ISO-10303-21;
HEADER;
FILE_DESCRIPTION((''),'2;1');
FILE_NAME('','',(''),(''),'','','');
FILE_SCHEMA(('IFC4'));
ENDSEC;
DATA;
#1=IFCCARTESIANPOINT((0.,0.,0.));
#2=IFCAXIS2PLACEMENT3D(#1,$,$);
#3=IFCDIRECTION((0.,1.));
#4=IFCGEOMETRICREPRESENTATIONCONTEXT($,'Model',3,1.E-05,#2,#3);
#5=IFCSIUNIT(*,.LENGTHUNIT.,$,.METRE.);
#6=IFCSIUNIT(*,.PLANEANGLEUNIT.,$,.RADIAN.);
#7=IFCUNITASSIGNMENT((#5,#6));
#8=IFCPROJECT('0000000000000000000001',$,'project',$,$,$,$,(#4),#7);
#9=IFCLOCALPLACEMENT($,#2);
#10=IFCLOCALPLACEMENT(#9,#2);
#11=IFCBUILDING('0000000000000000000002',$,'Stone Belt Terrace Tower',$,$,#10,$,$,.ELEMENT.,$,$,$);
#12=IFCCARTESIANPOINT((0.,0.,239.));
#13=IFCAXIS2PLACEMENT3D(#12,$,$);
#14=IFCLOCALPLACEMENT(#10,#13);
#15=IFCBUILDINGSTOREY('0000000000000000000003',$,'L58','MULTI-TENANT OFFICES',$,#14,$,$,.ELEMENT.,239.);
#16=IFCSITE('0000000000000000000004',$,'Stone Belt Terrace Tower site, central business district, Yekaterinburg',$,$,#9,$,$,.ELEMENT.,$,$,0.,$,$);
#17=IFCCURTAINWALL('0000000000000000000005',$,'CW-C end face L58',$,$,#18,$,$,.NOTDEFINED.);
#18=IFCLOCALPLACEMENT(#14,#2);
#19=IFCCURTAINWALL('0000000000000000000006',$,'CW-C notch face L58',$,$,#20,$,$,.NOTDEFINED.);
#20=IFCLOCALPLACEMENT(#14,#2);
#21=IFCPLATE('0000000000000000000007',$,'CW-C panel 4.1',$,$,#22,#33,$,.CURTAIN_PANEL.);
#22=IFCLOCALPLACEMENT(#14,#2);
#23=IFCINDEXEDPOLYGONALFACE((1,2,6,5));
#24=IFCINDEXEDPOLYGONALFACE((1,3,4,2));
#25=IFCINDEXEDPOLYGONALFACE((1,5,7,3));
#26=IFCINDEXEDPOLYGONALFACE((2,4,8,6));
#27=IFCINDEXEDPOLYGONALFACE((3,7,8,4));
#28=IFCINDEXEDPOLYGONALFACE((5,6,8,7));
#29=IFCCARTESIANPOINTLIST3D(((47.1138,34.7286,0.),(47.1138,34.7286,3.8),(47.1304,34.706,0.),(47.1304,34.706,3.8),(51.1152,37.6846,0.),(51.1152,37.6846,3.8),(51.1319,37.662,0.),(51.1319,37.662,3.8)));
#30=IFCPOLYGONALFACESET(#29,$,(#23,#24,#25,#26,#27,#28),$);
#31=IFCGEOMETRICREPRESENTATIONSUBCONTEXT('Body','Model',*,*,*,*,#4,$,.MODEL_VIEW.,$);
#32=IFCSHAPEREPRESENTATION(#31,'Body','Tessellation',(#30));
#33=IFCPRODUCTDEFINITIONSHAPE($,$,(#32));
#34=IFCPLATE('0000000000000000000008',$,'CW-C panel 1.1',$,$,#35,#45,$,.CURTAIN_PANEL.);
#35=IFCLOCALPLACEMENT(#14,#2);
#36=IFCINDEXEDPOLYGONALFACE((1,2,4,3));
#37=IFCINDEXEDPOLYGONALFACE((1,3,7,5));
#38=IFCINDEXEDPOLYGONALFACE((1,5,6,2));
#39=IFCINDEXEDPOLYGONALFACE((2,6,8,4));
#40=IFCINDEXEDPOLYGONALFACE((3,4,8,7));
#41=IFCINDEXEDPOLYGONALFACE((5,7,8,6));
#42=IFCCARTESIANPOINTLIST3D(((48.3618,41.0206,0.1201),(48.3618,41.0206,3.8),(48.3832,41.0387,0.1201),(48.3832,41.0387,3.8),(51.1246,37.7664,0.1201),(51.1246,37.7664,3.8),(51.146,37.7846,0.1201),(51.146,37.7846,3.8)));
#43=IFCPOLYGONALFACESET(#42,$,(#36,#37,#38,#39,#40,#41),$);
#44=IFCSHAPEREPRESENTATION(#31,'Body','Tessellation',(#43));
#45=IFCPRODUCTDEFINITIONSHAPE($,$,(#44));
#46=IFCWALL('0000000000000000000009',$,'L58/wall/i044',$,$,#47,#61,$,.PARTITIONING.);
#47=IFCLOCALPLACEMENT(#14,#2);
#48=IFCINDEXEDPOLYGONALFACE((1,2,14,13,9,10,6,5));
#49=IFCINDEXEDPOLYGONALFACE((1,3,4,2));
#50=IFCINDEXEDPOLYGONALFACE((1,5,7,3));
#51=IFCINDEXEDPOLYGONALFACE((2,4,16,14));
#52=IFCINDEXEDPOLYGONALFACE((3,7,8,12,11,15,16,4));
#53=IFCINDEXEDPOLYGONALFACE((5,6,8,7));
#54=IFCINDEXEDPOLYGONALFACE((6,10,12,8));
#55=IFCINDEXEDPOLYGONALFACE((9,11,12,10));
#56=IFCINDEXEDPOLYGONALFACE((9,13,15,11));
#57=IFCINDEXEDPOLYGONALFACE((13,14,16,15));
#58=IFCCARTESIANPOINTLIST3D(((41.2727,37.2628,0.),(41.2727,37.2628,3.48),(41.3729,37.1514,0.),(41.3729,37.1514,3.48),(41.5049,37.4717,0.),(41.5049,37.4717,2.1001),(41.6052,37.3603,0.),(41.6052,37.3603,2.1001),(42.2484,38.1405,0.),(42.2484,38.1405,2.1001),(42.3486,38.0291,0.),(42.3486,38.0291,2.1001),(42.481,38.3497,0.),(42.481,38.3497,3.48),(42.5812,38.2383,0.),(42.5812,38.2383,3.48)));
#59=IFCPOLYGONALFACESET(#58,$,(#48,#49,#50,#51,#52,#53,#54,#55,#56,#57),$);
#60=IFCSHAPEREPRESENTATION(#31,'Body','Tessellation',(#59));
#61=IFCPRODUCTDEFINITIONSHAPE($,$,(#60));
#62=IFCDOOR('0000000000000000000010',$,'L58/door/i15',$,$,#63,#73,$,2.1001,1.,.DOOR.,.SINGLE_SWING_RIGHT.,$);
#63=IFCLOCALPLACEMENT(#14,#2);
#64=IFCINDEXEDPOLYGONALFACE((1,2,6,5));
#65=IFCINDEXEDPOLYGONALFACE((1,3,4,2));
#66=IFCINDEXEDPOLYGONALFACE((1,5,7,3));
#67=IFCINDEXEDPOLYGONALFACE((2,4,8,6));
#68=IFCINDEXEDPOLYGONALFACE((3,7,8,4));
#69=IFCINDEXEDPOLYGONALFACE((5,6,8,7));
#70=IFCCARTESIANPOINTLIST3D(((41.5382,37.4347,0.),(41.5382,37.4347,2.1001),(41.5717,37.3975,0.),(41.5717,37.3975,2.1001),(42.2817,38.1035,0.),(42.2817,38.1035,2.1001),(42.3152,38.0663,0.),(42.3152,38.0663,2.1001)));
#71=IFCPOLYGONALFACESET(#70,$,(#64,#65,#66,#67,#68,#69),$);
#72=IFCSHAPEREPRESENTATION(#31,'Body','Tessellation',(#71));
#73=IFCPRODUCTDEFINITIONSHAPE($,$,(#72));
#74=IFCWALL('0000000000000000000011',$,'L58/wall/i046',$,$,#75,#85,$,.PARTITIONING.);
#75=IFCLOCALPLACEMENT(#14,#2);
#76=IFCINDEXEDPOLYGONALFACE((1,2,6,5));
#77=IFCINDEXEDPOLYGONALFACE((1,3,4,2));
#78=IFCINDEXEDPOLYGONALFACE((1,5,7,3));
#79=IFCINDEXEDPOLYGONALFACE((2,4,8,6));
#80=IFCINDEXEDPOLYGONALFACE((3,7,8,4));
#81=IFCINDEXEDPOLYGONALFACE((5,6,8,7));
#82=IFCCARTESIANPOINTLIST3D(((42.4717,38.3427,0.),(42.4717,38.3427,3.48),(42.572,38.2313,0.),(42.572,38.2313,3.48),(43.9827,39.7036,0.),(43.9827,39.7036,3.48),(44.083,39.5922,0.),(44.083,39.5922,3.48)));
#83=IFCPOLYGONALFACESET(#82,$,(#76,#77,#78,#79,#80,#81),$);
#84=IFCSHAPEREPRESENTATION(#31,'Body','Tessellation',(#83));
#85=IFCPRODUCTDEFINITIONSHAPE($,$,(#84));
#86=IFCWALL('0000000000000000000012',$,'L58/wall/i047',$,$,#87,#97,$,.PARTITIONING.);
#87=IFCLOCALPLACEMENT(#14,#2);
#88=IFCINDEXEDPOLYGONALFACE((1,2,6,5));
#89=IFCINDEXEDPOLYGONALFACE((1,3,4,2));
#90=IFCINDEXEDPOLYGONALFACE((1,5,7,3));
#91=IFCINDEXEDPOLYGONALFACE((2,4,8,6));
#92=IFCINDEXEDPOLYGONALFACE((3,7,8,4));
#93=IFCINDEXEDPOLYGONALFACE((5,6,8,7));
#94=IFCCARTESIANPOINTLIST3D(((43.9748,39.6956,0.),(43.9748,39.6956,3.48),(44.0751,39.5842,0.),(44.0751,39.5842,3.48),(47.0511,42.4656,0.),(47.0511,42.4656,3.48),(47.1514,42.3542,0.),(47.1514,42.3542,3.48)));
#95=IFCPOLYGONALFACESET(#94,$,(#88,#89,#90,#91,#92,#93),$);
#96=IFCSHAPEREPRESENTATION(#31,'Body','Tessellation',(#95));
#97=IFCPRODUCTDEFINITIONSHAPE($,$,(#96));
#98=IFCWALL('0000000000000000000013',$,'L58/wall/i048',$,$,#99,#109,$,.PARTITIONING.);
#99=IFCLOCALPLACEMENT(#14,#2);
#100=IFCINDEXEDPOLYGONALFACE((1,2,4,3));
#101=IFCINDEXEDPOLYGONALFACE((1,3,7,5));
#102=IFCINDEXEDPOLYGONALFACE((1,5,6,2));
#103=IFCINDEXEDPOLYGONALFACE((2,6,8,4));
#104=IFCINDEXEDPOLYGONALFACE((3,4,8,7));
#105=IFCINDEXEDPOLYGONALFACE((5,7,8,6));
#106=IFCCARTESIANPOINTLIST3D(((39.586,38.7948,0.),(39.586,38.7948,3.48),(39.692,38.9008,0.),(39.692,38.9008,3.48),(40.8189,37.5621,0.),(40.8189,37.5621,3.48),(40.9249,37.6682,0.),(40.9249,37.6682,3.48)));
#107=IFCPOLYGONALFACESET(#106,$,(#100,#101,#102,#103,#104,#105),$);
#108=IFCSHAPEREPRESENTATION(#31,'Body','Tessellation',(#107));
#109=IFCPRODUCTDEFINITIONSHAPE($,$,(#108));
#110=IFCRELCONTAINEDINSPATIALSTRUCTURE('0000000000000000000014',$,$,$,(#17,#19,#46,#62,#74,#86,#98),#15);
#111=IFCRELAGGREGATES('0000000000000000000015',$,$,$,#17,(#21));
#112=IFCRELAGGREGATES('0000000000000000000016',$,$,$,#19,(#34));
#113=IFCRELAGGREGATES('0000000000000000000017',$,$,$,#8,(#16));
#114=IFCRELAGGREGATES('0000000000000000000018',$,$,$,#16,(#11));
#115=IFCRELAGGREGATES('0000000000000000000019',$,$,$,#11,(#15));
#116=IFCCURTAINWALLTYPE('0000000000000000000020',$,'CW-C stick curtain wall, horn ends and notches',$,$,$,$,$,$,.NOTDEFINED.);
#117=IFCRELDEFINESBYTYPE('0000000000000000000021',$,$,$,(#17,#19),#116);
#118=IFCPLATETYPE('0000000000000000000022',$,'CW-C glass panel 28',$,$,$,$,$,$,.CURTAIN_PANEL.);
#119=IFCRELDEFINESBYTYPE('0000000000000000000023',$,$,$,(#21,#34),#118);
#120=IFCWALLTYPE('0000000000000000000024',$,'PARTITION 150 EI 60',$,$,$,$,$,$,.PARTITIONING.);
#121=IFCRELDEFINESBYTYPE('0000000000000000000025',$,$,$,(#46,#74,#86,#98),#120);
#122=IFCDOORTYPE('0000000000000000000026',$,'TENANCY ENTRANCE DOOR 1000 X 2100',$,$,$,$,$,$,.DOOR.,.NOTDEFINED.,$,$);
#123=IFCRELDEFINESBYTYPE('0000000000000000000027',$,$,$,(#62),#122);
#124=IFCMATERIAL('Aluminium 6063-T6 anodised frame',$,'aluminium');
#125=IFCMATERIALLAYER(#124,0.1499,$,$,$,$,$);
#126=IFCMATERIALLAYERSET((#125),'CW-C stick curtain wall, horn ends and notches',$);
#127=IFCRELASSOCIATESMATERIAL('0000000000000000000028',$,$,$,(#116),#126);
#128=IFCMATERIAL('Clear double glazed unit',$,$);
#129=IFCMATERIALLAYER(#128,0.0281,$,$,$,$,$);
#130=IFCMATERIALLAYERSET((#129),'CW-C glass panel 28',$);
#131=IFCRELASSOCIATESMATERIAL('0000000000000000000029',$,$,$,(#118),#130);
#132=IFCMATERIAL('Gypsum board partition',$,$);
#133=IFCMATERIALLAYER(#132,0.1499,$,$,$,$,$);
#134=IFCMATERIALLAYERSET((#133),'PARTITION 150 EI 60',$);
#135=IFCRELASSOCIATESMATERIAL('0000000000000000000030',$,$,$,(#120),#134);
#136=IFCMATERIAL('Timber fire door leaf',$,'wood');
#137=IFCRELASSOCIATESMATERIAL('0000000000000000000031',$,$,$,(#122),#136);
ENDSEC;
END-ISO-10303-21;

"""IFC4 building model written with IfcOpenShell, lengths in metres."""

from ifc_helpers import new_model, si_unit, direction, frame, frame_2d, origin, origin_2d, place, context, subcontext, project, spatial, rectangle, extrude, material, layer, layer_set, type_object, element, fill, aggregate, save


model = new_model("IFC4")

# Units and contexts
model_context = context("Model", 3, precision=1e-05, world=origin(), true_north=direction((0.0, 1.0)))
body_context = subcontext(model_context, "Body", "Model", "MODEL_VIEW")
ifc_project = project(units=[si_unit("LENGTHUNIT", "METRE"), si_unit("PLANEANGLEUNIT", "RADIAN")], contexts=[model_context])

# Site, building, storey
site_placement = place(None, origin())
site = spatial("IfcSite", under=ifc_project, at=site_placement, Name="Stone Belt Terrace Tower site, central business district, Yekaterinburg", CompositionType="ELEMENT", RefElevation=0.0)
building_placement = place(site_placement, origin())
building = spatial("IfcBuilding", under=site, at=building_placement, Name="Stone Belt Terrace Tower", CompositionType="ELEMENT")
storey_placement = place(building_placement, frame((0.0, 0.0, 239.0)))
storey = spatial("IfcBuildingStorey", under=building, at=storey_placement, Name="L58", Description="MULTI-TENANT OFFICES", CompositionType="ELEMENT", Elevation=239.0)

# Curtain walls
ifc_material_1 = material(Name="Aluminium 6063-T6 anodised frame", Category="aluminium")
ifc_layer_1 = layer(ifc_material_1, 0.1499)
ifc_layer_set_1 = layer_set([ifc_layer_1], Name="CW-C stick curtain wall, horn ends and notches")
curtain_wall_type = type_object("IfcCurtainWallType", Name="CW-C stick curtain wall, horn ends and notches", PredefinedType="NOTDEFINED", material=ifc_layer_set_1)
curtain_wall_1_placement = place(storey_placement, origin())
curtain_wall_1 = element("IfcCurtainWall", 1, at=curtain_wall_1_placement, inside=storey, type_object=curtain_wall_type, Name="CW-C end face L58", PredefinedType="NOTDEFINED")
curtain_wall_2_placement = place(storey_placement, origin())
curtain_wall_2 = element("IfcCurtainWall", 2, at=curtain_wall_2_placement, inside=storey, type_object=curtain_wall_type, Name="CW-C notch face L58", PredefinedType="NOTDEFINED")

# Plates
ifc_material_2 = material(Name="Clear double glazed unit")
ifc_layer_2 = layer(ifc_material_2, 0.0281)
ifc_layer_set_2 = layer_set([ifc_layer_2], Name="CW-C glass panel 28")
plate_type = type_object("IfcPlateType", Name="CW-C glass panel 28", PredefinedType="CURTAIN_PANEL", material=ifc_layer_set_2)
plate_1_placement = place(storey_placement, frame((49.1228, 36.1953, 0.0), z_axis=(0.0, 0.0, 1.0), x_axis=(0.804329, 0.594184, 0.0)))
plate_1 = element("IfcPlate", 3, at=plate_1_placement, type_object=plate_type, Name="CW-C panel 4.1", PredefinedType="CURTAIN_PANEL", context=body_context, shape_type="SweptSolid", body=[
    extrude(rectangle(XDim=4.9749, YDim=0.0281, at=origin_2d()), origin(), (0.0, 0.0, 1.0), 3.8),
])
aggregate(curtain_wall_1, [plate_1])
plate_2_placement = place(storey_placement, frame((49.7539, 39.4026, 0.1201), z_axis=(0.0, 0.0, 1.0), x_axis=(-0.647211, 0.762311, 0.0)))
plate_2 = element("IfcPlate", 4, at=plate_2_placement, type_object=plate_type, Name="CW-C panel 1.1", PredefinedType="CURTAIN_PANEL", context=body_context, shape_type="SweptSolid", body=[
    extrude(rectangle(XDim=4.2688, YDim=0.0281, at=origin_2d()), origin(), (0.0, 0.0, 1.0), 3.6799),
])
aggregate(curtain_wall_2, [plate_2])

# Wall, opening, door
ifc_material_3 = material(Name="Gypsum board partition")
ifc_layer_3 = layer(ifc_material_3, 0.1499)
ifc_layer_set_3 = layer_set([ifc_layer_3], Name="PARTITION 150 EI 60")
wall_type = type_object("IfcWallType", Name="PARTITION 150 EI 60", PredefinedType="PARTITIONING", material=ifc_layer_set_3)
wall_1_placement = place(storey_placement, frame((42.531, 38.2939, 0.0), z_axis=(0.0, 0.0, 1.0), x_axis=(-0.743451, -0.66879, 0.0)))
wall_1 = element("IfcWall", 5, at=wall_1_placement, inside=storey, type_object=wall_type, Name="L58/wall/i044", PredefinedType="PARTITIONING", context=body_context, shape_type="SweptSolid", body=[
    extrude(rectangle(XDim=1.6252, YDim=0.1499, at=frame_2d((0.8125, 0.0))), origin(), (0.0, 0.0, 1.0), 3.48),
])
opening_placement = place(wall_1_placement, frame((0.3127, 0.0, 0.0)))
opening = element("IfcOpeningElement", 6, at=opening_placement, cuts=wall_1, PredefinedType="OPENING", context=body_context, shape_type="SweptSolid", body=[
    extrude(rectangle(XDim=1.0, YDim=2.1001, at=frame_2d((0.5, 1.05))), frame((0.0, 0.085, 0.0), z_axis=(0.0, -1.0, 0.0), x_axis=(1.0, 0.0, 0.0)), (0.0, 0.0, 1.0), 0.1699),
])
ifc_material_4 = material(Name="Timber fire door leaf", Category="wood")
door_type = type_object("IfcDoorType", Name="TENANCY ENTRANCE DOOR 1000 X 2100", OperationType="NOTDEFINED", PredefinedType="DOOR", material=ifc_material_4)
door_placement = place(opening_placement, origin())
door = element("IfcDoor", 7, at=door_placement, inside=storey, type_object=door_type, Name="L58/door/i15", OperationType="SINGLE_SWING_RIGHT", OverallHeight=2.1001, OverallWidth=1.0, PredefinedType="DOOR", context=body_context, shape_type="SweptSolid", body=[
    extrude(rectangle(XDim=1.0, YDim=2.1001, at=frame_2d((0.5, 1.05))), frame((0.0, 0.0249, 0.0), z_axis=(0.0, -1.0, 0.0), x_axis=(1.0, 0.0, 0.0)), (0.0, 0.0, 1.0), 0.05),
])
fill(opening, door)

# Walls
wall_2_placement = place(storey_placement, frame((42.522, 38.2871, 0.0), z_axis=(0.0, 0.0, 1.0), x_axis=(0.743061, 0.669223, 0.0)))
element("IfcWall", 8, at=wall_2_placement, inside=storey, type_object=wall_type, Name="L58/wall/i046", PredefinedType="PARTITIONING", context=body_context, shape_type="SweptSolid", body=[
    extrude(rectangle(XDim=2.0334, YDim=0.1499, at=frame_2d((1.0166, 0.0))), origin(), (0.0, 0.0, 1.0), 3.48),
])
wall_3_placement = place(storey_placement, frame((44.0249, 39.6399, 0.0), z_axis=(0.0, 0.0, 1.0), x_axis=(0.743145, 0.669131, 0.0)))
element("IfcWall", 9, at=wall_3_placement, inside=storey, type_object=wall_type, Name="L58/wall/i047", PredefinedType="PARTITIONING", context=body_context, shape_type="SweptSolid", body=[
    extrude(rectangle(XDim=4.1396, YDim=0.1499, at=frame_2d((2.0698, 0.0))), origin(), (0.0, 0.0, 1.0), 3.48),
])
wall_4_placement = place(storey_placement, frame((40.8718, 37.6152, 0.0), z_axis=(0.0, 0.0, 1.0), x_axis=(-0.707177, 0.707037, 0.0)))
element("IfcWall", 10, at=wall_4_placement, inside=storey, type_object=wall_type, Name="L58/wall/i048", PredefinedType="PARTITIONING", context=body_context, shape_type="SweptSolid", body=[
    extrude(rectangle(XDim=1.7434, YDim=0.1499, at=frame_2d((0.8716, 0.0))), origin(), (0.0, 0.0, 1.0), 3.48),
])

save(model, "model.ifc")
